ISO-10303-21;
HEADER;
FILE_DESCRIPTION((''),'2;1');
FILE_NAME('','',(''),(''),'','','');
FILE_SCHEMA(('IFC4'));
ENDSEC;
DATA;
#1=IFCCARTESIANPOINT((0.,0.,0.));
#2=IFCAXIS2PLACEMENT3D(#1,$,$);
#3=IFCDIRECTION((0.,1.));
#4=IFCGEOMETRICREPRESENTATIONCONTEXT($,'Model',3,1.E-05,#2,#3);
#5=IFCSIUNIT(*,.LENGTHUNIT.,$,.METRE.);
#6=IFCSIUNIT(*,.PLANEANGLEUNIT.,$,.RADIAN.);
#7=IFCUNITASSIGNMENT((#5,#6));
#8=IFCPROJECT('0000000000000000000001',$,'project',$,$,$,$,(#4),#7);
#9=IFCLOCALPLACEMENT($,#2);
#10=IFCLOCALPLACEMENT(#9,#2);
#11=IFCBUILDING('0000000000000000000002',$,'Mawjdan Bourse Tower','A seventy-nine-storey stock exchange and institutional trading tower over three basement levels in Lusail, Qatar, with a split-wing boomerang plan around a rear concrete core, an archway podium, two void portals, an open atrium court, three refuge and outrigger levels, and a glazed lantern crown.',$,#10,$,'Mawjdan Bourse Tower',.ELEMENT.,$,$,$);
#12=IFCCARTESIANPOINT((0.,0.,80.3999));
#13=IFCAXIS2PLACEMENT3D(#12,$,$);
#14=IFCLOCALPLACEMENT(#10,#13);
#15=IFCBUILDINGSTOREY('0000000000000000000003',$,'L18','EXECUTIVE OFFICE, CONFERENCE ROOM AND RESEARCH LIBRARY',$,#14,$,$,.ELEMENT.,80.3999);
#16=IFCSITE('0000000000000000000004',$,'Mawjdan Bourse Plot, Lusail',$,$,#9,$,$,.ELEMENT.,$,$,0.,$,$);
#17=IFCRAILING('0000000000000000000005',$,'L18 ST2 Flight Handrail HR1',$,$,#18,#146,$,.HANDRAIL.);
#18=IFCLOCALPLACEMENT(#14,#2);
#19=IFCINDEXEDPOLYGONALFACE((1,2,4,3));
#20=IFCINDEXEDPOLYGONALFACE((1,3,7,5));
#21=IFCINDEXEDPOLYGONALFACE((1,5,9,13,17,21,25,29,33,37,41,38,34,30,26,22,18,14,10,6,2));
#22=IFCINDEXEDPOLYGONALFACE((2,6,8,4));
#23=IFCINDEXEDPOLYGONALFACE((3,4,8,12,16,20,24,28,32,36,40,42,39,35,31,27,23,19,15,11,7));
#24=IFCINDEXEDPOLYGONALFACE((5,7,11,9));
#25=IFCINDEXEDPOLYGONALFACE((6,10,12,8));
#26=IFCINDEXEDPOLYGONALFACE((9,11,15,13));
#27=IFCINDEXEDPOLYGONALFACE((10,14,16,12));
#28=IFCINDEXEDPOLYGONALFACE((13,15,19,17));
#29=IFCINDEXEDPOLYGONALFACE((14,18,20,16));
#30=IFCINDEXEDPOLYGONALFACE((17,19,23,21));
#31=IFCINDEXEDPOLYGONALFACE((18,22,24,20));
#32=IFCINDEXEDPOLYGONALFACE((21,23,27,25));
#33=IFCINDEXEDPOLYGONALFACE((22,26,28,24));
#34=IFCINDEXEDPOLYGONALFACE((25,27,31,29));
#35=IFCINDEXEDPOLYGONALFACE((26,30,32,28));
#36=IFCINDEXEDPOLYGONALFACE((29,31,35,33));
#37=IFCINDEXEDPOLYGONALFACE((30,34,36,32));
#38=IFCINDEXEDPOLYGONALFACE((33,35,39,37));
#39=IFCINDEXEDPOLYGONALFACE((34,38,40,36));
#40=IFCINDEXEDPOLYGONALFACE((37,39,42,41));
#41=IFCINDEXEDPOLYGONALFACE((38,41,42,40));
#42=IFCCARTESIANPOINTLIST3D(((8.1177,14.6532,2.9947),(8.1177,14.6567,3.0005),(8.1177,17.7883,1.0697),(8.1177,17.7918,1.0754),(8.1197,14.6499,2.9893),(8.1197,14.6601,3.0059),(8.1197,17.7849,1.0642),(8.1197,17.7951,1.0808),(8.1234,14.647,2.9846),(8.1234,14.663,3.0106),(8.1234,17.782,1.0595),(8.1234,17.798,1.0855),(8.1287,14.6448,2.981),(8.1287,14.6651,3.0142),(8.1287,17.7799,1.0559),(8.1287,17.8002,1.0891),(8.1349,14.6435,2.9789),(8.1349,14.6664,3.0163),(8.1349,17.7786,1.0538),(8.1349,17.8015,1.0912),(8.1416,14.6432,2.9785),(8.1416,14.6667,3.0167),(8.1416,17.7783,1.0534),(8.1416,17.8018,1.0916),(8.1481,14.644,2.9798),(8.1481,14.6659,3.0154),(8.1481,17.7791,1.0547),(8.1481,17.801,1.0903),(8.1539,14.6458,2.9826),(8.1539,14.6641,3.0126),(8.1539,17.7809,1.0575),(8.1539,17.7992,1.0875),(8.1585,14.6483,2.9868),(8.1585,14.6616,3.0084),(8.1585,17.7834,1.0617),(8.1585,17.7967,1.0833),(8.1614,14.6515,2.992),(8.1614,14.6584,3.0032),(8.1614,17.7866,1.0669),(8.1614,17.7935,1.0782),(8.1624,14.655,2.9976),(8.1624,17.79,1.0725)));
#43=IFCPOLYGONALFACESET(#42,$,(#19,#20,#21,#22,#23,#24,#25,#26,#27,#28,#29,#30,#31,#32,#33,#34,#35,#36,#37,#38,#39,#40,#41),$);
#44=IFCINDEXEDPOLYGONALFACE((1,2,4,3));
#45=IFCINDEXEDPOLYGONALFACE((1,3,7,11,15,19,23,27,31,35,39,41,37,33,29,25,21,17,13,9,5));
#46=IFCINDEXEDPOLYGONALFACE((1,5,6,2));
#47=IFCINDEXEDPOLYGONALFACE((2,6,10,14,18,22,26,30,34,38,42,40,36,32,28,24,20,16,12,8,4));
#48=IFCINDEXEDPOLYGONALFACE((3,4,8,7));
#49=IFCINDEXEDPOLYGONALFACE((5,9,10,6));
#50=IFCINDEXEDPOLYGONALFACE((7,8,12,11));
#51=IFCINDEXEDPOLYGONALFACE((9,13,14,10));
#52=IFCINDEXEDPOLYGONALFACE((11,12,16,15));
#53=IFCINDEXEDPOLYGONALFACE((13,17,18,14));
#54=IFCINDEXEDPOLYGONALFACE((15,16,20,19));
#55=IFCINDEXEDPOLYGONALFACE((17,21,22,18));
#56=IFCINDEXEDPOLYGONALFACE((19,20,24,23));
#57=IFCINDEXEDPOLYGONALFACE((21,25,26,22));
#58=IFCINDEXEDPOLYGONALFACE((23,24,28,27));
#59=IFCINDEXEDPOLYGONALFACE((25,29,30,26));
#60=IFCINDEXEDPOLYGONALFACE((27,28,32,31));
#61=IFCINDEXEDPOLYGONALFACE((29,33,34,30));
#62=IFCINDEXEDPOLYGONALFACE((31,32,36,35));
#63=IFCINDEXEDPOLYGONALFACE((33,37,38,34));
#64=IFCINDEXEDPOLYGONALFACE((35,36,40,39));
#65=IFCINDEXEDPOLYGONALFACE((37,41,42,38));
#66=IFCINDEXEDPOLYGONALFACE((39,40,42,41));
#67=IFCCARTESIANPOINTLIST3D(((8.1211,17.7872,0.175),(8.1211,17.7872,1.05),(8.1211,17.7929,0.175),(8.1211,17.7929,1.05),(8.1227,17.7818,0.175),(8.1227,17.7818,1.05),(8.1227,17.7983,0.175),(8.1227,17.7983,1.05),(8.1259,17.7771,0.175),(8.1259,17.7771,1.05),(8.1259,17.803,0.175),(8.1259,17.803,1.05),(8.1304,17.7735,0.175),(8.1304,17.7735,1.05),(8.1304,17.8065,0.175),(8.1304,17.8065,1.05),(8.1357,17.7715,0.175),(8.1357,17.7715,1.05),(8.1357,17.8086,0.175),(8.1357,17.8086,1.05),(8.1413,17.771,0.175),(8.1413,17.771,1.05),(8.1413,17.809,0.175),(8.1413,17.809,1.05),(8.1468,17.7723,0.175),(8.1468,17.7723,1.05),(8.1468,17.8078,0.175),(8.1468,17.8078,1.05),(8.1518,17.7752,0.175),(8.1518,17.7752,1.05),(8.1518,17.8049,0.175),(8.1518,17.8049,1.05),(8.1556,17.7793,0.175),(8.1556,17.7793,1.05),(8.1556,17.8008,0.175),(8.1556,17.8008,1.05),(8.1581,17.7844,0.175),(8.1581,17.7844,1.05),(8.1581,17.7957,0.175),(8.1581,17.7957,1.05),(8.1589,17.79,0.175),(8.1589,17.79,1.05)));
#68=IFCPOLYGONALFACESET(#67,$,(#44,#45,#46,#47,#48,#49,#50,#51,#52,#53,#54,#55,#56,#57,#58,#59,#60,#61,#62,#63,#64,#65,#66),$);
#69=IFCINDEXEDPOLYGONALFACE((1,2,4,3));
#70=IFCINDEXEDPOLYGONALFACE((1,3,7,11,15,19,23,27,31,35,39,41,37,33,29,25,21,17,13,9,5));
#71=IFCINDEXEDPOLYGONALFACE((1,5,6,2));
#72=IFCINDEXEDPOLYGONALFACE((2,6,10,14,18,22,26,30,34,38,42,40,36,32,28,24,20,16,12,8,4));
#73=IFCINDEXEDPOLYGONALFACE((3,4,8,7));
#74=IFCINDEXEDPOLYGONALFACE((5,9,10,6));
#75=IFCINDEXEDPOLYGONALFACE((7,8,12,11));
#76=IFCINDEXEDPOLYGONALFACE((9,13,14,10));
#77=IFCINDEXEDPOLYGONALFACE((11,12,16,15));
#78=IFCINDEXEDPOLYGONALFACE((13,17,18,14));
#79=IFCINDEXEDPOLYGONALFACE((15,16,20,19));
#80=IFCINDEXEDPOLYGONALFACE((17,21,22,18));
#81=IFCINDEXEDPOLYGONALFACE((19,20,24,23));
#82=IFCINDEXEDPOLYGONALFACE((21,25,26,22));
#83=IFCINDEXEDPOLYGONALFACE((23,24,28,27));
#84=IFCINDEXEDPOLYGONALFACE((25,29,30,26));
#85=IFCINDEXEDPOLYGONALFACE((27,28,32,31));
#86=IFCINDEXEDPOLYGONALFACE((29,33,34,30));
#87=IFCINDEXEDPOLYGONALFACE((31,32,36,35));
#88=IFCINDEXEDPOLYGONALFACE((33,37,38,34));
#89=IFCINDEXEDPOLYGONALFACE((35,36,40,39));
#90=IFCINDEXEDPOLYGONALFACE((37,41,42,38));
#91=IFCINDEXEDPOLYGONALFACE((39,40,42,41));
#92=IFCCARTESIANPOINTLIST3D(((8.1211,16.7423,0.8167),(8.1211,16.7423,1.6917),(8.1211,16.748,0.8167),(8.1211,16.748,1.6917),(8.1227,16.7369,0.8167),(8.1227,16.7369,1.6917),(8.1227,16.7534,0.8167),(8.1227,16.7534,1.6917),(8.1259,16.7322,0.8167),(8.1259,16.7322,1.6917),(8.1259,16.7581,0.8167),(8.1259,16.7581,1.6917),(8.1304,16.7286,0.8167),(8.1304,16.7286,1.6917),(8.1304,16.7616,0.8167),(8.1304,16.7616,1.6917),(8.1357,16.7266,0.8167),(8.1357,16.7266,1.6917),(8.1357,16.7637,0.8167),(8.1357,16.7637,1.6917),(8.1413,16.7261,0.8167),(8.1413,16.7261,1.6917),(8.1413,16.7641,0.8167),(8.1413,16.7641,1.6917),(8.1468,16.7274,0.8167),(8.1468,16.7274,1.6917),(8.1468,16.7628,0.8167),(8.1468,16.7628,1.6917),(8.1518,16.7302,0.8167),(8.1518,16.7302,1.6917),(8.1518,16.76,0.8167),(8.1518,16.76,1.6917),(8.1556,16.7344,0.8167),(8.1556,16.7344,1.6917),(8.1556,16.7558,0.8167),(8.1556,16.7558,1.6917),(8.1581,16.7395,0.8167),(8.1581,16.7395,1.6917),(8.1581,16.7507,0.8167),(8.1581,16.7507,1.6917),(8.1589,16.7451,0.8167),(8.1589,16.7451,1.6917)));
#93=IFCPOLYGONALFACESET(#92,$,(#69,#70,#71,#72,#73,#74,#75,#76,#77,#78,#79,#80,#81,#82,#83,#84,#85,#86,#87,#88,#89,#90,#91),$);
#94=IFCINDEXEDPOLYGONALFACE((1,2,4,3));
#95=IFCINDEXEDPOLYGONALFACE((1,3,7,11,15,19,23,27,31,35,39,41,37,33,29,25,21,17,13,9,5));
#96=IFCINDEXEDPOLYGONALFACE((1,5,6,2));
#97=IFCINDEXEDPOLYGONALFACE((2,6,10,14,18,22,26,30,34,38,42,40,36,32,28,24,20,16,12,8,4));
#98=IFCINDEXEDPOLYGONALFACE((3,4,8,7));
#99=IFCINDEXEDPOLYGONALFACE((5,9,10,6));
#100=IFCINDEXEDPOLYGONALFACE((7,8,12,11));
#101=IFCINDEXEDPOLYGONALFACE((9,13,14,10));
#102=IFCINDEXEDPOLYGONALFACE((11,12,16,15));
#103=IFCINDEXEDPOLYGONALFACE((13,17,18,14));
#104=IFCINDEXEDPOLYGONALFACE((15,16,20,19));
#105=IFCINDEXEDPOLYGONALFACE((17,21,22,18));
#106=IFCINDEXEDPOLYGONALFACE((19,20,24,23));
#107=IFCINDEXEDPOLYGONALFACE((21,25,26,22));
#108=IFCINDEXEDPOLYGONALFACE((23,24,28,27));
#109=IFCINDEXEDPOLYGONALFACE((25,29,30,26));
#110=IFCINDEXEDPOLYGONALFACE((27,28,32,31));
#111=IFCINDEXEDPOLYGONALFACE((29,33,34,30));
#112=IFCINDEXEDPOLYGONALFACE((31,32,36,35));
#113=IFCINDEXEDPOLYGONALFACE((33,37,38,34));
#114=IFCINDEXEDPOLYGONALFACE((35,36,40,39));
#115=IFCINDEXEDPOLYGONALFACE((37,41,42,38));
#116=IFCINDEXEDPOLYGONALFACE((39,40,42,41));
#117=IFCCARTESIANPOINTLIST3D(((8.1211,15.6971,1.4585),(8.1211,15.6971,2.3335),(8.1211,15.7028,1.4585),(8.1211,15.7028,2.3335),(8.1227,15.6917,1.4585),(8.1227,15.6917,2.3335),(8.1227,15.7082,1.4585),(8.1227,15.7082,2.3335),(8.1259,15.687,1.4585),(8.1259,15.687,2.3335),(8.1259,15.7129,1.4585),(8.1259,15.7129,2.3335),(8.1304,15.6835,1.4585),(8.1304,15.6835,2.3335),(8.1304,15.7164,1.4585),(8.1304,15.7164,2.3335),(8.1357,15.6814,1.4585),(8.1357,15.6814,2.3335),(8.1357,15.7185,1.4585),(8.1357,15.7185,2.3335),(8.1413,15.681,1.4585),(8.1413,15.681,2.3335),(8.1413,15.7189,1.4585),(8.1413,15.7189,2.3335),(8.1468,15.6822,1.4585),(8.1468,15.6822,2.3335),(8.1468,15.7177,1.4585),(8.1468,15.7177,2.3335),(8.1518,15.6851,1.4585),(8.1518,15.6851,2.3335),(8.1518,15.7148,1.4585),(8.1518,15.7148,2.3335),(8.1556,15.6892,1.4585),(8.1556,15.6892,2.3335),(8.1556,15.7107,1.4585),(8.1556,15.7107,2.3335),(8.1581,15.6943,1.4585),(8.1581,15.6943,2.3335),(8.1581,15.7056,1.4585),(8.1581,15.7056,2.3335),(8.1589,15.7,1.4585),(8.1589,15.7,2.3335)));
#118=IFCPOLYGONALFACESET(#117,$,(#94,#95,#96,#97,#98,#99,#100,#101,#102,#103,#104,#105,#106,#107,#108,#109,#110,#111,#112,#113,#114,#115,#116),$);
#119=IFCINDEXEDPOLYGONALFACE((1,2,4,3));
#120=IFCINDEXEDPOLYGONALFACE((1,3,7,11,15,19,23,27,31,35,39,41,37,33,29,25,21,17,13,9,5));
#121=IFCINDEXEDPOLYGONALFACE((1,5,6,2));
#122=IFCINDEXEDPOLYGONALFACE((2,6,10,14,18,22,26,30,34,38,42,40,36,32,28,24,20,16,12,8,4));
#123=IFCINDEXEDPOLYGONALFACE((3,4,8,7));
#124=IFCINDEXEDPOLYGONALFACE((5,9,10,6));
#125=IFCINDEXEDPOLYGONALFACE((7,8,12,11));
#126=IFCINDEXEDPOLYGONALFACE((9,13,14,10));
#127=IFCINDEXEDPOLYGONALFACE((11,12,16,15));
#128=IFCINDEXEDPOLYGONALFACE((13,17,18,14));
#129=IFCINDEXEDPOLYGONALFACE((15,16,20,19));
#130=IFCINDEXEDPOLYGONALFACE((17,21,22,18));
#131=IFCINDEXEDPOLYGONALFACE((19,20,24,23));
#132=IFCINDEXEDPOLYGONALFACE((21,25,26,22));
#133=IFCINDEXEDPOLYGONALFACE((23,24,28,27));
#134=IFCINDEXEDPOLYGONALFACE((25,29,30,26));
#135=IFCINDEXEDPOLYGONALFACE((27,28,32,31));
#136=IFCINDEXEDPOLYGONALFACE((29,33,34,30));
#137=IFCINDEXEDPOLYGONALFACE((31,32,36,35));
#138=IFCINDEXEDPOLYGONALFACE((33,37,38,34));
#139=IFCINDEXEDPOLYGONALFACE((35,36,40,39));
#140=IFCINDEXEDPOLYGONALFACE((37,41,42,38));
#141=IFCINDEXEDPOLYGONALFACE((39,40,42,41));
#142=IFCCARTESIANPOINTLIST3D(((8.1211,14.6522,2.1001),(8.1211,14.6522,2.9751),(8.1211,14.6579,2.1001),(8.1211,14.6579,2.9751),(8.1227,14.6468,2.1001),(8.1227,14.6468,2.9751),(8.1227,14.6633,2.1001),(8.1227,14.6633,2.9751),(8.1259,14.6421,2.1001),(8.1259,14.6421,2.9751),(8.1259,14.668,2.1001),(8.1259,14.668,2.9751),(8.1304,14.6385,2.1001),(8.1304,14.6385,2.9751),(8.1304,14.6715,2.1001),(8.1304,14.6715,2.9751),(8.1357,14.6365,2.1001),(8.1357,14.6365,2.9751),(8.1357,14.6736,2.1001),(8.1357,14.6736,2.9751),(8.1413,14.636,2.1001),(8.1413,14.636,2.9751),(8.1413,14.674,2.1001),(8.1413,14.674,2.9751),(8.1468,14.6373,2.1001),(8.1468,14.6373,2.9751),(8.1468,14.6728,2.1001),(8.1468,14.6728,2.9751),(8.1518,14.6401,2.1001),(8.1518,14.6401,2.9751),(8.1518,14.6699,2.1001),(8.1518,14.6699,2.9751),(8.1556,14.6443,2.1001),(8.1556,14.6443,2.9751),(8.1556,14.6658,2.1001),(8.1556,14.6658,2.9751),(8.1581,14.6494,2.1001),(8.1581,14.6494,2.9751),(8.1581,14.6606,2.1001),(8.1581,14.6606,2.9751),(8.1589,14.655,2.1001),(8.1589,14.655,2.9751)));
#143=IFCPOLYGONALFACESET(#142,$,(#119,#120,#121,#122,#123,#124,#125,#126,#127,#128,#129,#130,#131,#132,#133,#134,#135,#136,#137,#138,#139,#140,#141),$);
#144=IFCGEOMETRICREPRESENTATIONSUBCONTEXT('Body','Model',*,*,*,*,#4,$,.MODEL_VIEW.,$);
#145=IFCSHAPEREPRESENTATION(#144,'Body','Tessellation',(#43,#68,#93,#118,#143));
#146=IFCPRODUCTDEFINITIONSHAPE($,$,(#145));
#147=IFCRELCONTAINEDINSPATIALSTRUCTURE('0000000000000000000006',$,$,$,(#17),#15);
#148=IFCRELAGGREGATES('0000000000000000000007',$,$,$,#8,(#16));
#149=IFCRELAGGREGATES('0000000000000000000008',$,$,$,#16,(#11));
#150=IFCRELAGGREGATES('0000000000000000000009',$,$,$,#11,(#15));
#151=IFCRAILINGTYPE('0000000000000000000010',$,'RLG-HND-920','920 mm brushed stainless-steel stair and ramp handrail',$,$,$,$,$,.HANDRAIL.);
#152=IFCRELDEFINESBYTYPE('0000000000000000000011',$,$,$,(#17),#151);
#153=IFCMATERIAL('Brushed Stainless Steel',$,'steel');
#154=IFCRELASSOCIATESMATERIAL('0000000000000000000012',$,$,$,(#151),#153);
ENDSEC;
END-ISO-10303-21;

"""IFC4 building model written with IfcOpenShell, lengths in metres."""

from ifc_helpers import new_model, si_unit, direction, frame, origin, origin_2d, place, context, subcontext, project, spatial, circle, extrude, material, type_object, element, save


model = new_model("IFC4")

# Units and contexts
model_context = context("Model", 3, precision=1e-05, world=origin(), true_north=direction((0.0, 1.0)))
body_context = subcontext(model_context, "Body", "Model", "MODEL_VIEW")
ifc_project = project(units=[si_unit("LENGTHUNIT", "METRE"), si_unit("PLANEANGLEUNIT", "RADIAN")], contexts=[model_context])

# Site, building, storey
site_placement = place(None, origin())
site = spatial("IfcSite", under=ifc_project, at=site_placement, Name="Mawjdan Bourse Plot, Lusail", CompositionType="ELEMENT", RefElevation=0.0)
building_placement = place(site_placement, origin())
building = spatial("IfcBuilding", under=site, at=building_placement, Name="Mawjdan Bourse Tower", Description="A seventy-nine-storey stock exchange and institutional trading tower over three basement levels in Lusail, Qatar, with a split-wing boomerang plan around a rear concrete core, an archway podium, two void portals, an open atrium court, three refuge and outrigger levels, and a glazed lantern crown.", LongName="Mawjdan Bourse Tower", CompositionType="ELEMENT")
storey_placement = place(building_placement, frame((0.0, 0.0, 80.3999)))
storey = spatial("IfcBuildingStorey", under=building, at=storey_placement, Name="L18", Description="EXECUTIVE OFFICE, CONFERENCE ROOM AND RESEARCH LIBRARY", CompositionType="ELEMENT", Elevation=80.3999)

# Shared definitions
ifc_material_1 = material(Name="Brushed Stainless Steel", Category="steel")

# Railing
railing_type_1 = type_object("IfcRailingType", Name="RLG-HND-920", Description="920 mm brushed stainless-steel stair and ramp handrail", PredefinedType="HANDRAIL", material=ifc_material_1)
railing_1_placement = place(storey_placement, frame((8.1399, 17.79, 0.175)))
element("IfcRailing", 1, at=railing_1_placement, inside=storey, type_object=railing_type_1, Name="L18 ST2 Flight Handrail HR1", PredefinedType="HANDRAIL", context=body_context, shape_type="SweptSolid", body=[
    extrude(circle(Radius=0.0225, at=origin_2d()), frame((0.0, 0.0, 0.8975), z_axis=(0.0, -0.852166, 0.523271), x_axis=(1.0, 0.0, 0.0)), (0.0, 0.0, 1.0), 3.679),
    extrude(circle(Radius=0.019, at=origin_2d()), origin(), (0.0, 0.0, 1.0), 0.875),
    extrude(circle(Radius=0.019, at=origin_2d()), frame((0.0, -1.0449, 0.6416)), (0.0, 0.0, 1.0), 0.875),
    extrude(circle(Radius=0.019, at=origin_2d()), frame((0.0, -2.0901, 1.2834)), (0.0, 0.0, 1.0), 0.875),
    extrude(circle(Radius=0.019, at=origin_2d()), frame((0.0, -3.135, 1.925)), (0.0, 0.0, 1.0), 0.875),
])

save(model, "model.ifc")
